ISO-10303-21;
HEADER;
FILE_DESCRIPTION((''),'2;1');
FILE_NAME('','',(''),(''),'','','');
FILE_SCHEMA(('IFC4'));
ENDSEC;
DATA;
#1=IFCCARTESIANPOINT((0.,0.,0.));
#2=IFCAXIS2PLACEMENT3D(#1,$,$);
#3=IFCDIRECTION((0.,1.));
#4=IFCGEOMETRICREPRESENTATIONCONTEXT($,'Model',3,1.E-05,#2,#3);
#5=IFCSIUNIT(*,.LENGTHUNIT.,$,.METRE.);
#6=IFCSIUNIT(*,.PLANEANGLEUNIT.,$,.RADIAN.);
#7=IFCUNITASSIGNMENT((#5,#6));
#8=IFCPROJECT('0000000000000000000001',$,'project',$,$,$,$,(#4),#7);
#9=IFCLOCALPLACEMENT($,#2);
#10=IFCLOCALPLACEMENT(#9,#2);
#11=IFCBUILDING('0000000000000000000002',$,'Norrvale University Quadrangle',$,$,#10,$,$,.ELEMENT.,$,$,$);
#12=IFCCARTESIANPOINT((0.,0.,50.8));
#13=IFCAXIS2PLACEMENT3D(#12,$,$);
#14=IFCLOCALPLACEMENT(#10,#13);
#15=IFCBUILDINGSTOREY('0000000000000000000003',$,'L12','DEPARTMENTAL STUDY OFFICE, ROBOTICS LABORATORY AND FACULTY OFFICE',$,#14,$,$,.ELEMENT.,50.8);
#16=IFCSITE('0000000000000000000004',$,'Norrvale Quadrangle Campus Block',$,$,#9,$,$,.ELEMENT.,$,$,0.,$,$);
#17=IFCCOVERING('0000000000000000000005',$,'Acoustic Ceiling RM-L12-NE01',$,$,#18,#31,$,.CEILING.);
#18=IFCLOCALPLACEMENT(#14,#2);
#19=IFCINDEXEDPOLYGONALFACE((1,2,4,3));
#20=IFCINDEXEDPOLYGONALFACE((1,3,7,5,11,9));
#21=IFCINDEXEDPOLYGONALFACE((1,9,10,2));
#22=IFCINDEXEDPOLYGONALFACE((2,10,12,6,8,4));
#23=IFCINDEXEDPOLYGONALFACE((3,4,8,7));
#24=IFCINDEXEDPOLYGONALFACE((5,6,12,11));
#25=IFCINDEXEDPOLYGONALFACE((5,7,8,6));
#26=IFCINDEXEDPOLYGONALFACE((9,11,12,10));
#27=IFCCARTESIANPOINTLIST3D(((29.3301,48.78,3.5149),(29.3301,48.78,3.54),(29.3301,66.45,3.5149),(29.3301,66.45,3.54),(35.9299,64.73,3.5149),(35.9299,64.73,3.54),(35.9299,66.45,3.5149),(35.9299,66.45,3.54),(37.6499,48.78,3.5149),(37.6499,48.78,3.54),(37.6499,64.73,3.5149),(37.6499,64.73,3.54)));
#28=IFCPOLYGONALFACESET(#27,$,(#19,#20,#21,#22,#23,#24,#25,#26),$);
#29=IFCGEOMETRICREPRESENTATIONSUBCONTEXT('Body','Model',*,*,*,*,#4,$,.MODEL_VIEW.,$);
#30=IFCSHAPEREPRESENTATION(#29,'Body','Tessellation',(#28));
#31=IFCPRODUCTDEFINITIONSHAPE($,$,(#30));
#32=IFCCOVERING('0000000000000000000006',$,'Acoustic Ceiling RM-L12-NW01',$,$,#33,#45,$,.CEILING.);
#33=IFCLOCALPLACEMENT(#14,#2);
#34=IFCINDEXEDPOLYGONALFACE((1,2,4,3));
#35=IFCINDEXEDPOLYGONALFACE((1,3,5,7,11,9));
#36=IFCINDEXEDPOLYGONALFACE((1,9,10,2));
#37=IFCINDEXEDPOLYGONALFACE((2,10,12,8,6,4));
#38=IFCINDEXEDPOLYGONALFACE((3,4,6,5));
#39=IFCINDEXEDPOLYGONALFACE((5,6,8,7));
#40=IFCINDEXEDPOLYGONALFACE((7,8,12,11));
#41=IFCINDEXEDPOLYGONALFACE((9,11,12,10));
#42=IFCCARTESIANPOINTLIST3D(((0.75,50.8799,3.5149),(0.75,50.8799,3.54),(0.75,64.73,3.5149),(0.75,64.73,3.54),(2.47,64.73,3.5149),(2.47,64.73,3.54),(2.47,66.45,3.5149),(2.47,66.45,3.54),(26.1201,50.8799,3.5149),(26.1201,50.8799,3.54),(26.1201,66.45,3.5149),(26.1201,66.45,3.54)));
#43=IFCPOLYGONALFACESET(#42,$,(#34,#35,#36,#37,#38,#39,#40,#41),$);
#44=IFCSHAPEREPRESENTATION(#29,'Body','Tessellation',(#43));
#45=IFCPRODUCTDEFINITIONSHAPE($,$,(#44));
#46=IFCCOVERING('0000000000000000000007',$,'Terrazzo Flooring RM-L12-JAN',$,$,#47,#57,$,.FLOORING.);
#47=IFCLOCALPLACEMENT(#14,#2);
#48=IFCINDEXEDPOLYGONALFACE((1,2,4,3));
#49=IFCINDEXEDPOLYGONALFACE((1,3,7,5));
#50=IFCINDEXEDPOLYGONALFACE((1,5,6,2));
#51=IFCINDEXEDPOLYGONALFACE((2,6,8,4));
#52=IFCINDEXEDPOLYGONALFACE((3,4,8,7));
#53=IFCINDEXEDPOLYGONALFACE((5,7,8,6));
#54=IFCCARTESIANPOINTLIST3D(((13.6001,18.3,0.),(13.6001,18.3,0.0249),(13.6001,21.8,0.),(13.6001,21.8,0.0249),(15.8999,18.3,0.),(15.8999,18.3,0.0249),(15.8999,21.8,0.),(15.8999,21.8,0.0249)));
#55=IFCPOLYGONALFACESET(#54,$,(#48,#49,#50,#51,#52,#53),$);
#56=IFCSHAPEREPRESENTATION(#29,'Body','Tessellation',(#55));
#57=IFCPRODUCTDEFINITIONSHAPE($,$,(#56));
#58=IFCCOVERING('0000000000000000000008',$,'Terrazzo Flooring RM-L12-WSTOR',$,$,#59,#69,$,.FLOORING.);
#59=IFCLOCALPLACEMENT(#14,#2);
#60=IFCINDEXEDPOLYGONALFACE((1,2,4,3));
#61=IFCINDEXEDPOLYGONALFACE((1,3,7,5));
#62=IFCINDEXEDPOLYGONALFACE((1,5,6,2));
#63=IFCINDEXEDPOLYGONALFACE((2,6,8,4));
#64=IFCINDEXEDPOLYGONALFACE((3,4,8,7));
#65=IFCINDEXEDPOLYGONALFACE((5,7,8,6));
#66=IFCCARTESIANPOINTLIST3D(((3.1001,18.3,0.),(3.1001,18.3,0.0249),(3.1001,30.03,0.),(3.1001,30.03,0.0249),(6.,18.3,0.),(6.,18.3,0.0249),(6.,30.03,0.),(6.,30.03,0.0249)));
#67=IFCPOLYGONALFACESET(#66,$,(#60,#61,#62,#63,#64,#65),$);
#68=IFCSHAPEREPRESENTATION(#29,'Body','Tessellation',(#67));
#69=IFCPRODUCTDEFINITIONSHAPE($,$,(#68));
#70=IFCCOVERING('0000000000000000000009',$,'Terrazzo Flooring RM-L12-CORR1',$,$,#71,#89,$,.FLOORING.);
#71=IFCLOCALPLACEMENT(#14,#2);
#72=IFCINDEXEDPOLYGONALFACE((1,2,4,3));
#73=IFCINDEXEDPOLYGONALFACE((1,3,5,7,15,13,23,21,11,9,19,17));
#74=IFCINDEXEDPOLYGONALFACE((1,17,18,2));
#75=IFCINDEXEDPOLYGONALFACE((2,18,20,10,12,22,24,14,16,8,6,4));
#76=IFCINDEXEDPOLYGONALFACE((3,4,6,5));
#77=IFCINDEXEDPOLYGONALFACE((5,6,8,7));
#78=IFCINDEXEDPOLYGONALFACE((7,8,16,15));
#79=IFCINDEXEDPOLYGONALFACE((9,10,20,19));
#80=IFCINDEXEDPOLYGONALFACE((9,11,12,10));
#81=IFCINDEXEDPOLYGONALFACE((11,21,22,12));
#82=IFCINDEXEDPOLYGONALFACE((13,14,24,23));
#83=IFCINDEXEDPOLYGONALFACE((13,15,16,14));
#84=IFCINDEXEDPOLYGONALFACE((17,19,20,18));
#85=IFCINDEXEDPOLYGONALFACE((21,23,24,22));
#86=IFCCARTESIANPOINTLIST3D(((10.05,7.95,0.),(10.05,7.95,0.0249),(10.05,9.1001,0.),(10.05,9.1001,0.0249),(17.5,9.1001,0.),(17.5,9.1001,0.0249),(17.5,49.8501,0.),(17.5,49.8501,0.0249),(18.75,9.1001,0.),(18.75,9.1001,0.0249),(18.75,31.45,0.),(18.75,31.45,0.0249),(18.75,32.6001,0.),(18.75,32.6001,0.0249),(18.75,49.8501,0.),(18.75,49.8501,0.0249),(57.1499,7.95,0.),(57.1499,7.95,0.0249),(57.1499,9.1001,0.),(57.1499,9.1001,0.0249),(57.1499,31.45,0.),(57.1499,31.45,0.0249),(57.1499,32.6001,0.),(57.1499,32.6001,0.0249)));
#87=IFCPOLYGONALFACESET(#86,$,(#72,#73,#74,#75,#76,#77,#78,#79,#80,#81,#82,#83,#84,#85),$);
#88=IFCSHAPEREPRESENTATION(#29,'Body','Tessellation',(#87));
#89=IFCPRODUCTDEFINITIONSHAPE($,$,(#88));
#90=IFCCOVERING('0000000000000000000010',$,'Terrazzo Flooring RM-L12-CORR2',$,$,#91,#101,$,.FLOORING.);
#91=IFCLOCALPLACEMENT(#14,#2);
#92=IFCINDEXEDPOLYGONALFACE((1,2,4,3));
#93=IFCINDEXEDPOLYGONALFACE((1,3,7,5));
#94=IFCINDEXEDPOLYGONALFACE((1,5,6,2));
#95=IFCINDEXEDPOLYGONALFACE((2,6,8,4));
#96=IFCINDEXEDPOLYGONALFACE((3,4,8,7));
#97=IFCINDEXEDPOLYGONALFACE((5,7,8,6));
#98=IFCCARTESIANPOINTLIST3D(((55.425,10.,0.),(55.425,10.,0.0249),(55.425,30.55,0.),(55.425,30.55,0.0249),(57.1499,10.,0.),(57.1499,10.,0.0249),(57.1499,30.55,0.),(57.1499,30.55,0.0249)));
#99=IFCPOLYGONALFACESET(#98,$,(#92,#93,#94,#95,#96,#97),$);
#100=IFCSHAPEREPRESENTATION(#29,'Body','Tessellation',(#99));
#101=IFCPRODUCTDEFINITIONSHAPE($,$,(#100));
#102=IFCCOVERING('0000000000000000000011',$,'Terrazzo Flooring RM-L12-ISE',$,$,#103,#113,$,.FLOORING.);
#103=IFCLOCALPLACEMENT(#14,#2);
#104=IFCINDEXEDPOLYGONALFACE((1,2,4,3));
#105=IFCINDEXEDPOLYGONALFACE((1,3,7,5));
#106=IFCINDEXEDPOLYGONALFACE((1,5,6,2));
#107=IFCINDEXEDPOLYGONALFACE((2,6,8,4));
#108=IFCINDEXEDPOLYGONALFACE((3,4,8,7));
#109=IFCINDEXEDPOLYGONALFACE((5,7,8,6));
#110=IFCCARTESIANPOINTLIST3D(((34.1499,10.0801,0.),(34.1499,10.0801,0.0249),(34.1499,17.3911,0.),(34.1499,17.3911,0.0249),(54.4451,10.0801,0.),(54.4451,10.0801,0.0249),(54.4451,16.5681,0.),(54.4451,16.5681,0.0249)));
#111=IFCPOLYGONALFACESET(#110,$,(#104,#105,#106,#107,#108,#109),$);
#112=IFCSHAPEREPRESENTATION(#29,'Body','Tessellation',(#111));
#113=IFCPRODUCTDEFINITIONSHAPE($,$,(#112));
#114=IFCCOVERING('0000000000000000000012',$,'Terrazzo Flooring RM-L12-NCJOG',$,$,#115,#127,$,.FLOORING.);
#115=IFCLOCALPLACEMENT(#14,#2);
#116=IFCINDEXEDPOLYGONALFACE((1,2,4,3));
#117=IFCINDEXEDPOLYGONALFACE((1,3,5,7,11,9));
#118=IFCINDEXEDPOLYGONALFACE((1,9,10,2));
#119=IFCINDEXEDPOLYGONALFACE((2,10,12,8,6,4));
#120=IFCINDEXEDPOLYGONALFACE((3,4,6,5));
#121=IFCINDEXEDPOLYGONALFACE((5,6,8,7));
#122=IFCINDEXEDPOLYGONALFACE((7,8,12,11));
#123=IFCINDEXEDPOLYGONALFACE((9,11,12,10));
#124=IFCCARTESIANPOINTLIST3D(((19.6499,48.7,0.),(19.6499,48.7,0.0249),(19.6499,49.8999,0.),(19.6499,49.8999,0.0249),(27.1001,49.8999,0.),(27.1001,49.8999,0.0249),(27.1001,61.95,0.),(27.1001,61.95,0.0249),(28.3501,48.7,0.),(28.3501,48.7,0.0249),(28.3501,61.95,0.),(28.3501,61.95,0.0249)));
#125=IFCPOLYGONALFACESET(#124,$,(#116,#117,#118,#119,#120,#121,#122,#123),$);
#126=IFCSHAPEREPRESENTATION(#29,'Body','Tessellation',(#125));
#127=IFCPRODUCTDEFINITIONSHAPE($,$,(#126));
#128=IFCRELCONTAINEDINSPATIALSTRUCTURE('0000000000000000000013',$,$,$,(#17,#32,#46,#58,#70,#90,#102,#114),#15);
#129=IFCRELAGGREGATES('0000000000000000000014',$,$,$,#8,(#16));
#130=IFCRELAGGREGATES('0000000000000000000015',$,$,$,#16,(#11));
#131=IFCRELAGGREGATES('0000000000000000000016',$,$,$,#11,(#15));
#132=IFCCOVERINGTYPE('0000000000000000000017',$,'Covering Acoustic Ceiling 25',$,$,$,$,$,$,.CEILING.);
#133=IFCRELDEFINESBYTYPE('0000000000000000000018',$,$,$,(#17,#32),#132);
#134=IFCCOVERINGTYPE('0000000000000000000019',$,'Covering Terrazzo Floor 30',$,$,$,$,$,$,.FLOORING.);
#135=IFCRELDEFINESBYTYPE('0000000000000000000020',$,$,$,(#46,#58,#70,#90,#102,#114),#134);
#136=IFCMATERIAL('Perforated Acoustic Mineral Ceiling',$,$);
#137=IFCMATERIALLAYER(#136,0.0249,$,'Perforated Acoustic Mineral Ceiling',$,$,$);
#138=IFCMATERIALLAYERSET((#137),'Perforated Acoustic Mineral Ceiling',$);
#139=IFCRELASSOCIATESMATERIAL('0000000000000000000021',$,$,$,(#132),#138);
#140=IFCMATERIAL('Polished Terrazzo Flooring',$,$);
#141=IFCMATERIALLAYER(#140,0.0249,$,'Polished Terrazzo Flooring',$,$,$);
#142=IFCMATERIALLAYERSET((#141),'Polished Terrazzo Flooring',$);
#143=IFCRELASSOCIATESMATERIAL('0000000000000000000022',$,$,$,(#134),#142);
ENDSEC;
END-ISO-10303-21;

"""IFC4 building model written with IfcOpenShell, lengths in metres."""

from ifc_helpers import new_model, si_unit, direction, frame, origin, place, context, subcontext, project, spatial, polyline, outline, extrude, material, layer, layer_set, type_object, element, save


model = new_model("IFC4")

# Units and contexts
model_context = context("Model", 3, precision=1e-05, world=origin(), true_north=direction((0.0, 1.0)))
body_context = subcontext(model_context, "Body", "Model", "MODEL_VIEW")
ifc_project = project(units=[si_unit("LENGTHUNIT", "METRE"), si_unit("PLANEANGLEUNIT", "RADIAN")], contexts=[model_context])

# Site, building, storey
site_placement = place(None, origin())
site = spatial("IfcSite", under=ifc_project, at=site_placement, Name="Norrvale Quadrangle Campus Block", CompositionType="ELEMENT", RefElevation=0.0)
building_placement = place(site_placement, origin())
building = spatial("IfcBuilding", under=site, at=building_placement, Name="Norrvale University Quadrangle", CompositionType="ELEMENT")
storey_placement = place(building_placement, frame((0.0, 0.0, 50.8)))
storey = spatial("IfcBuildingStorey", under=building, at=storey_placement, Name="L12", Description="DEPARTMENTAL STUDY OFFICE, ROBOTICS LABORATORY AND FACULTY OFFICE", CompositionType="ELEMENT", Elevation=50.8)

# Coverings
ifc_material_1 = material(Name="Perforated Acoustic Mineral Ceiling")
ifc_layer_1 = layer(ifc_material_1, 0.0249, Name="Perforated Acoustic Mineral Ceiling")
ifc_layer_set_1 = layer_set([ifc_layer_1], Name="Perforated Acoustic Mineral Ceiling")
covering_type_1 = type_object("IfcCoveringType", Name="Covering Acoustic Ceiling 25", PredefinedType="CEILING", material=ifc_layer_set_1)
covering_1_placement = place(storey_placement, frame((0.0, 0.0, 3.5149)))
element("IfcCovering", 1, at=covering_1_placement, inside=storey, type_object=covering_type_1, Name="Acoustic Ceiling RM-L12-NE01", PredefinedType="CEILING", context=body_context, shape_type="SweptSolid", body=[
    extrude(outline(polyline([(37.6499, 48.78), (29.3301, 48.78), (29.3301, 66.45), (35.9299, 66.45), (35.9299, 64.73), (37.6499, 64.73), (37.6499, 48.78)])), origin(), (0.0, 0.0, 1.0), 0.0251),
])
covering_2_placement = place(storey_placement, frame((0.0, 0.0, 3.5149)))
element("IfcCovering", 2, at=covering_2_placement, inside=storey, type_object=covering_type_1, Name="Acoustic Ceiling RM-L12-NW01", PredefinedType="CEILING", context=body_context, shape_type="SweptSolid", body=[
    extrude(outline(polyline([(26.1201, 66.45), (26.1201, 50.8799), (0.75, 50.8799), (0.75, 64.73), (2.47, 64.73), (2.47, 66.45), (26.1201, 66.45)])), origin(), (0.0, 0.0, 1.0), 0.0251),
])
ifc_material_2 = material(Name="Polished Terrazzo Flooring")
ifc_layer_2 = layer(ifc_material_2, 0.0249, Name="Polished Terrazzo Flooring")
ifc_layer_set_2 = layer_set([ifc_layer_2], Name="Polished Terrazzo Flooring")
covering_type_2 = type_object("IfcCoveringType", Name="Covering Terrazzo Floor 30", PredefinedType="FLOORING", material=ifc_layer_set_2)
covering_3_placement = place(storey_placement, origin())
element("IfcCovering", 3, at=covering_3_placement, inside=storey, type_object=covering_type_2, Name="Terrazzo Flooring RM-L12-JAN", PredefinedType="FLOORING", context=body_context, shape_type="SweptSolid", body=[
    extrude(outline(polyline([(13.6001, 18.3), (13.6001, 21.8), (15.8999, 21.8), (15.8999, 18.3), (13.6001, 18.3)])), origin(), (0.0, 0.0, 1.0), 0.0249),
])
covering_4_placement = place(storey_placement, origin())
element("IfcCovering", 4, at=covering_4_placement, inside=storey, type_object=covering_type_2, Name="Terrazzo Flooring RM-L12-WSTOR", PredefinedType="FLOORING", context=body_context, shape_type="SweptSolid", body=[
    extrude(outline(polyline([(3.1001, 18.3), (3.1001, 30.03), (6.0, 30.03), (6.0, 18.3), (3.1001, 18.3)])), origin(), (0.0, 0.0, 1.0), 0.0249),
])
covering_5_placement = place(storey_placement, origin())
element("IfcCovering", 5, at=covering_5_placement, inside=storey, type_object=covering_type_2, Name="Terrazzo Flooring RM-L12-CORR1", PredefinedType="FLOORING", context=body_context, shape_type="SweptSolid", body=[
    extrude(outline(polyline([(10.05, 7.95), (10.05, 9.1001), (17.5, 9.1001), (17.5, 49.8501), (18.75, 49.8501), (18.75, 32.6001), (57.1499, 32.6001), (57.1499, 31.45), (18.75, 31.45), (18.75, 9.1001), (57.1499, 9.1001), (57.1499, 7.95), (10.05, 7.95)])), origin(), (0.0, 0.0, 1.0), 0.0249),
])
covering_6_placement = place(storey_placement, origin())
element("IfcCovering", 6, at=covering_6_placement, inside=storey, type_object=covering_type_2, Name="Terrazzo Flooring RM-L12-CORR2", PredefinedType="FLOORING", context=body_context, shape_type="SweptSolid", body=[
    extrude(outline(polyline([(55.425, 10.0), (55.425, 30.55), (57.1499, 30.55), (57.1499, 10.0), (55.425, 10.0)])), origin(), (0.0, 0.0, 1.0), 0.0249),
])
covering_7_placement = place(storey_placement, origin())
element("IfcCovering", 7, at=covering_7_placement, inside=storey, type_object=covering_type_2, Name="Terrazzo Flooring RM-L12-ISE", PredefinedType="FLOORING", context=body_context, shape_type="SweptSolid", body=[
    extrude(outline(polyline([(34.1499, 10.0801), (34.1499, 17.3911), (54.4451, 16.5681), (54.4451, 10.0801), (34.1499, 10.0801)])), origin(), (0.0, 0.0, 1.0), 0.0249),
])
covering_8_placement = place(storey_placement, origin())
element("IfcCovering", 8, at=covering_8_placement, inside=storey, type_object=covering_type_2, Name="Terrazzo Flooring RM-L12-NCJOG", PredefinedType="FLOORING", context=body_context, shape_type="SweptSolid", body=[
    extrude(outline(polyline([(19.6499, 48.7), (19.6499, 49.8999), (27.1001, 49.8999), (27.1001, 61.95), (28.3501, 61.95), (28.3501, 48.7), (19.6499, 48.7)])), origin(), (0.0, 0.0, 1.0), 0.0249),
])

save(model, "model.ifc")
